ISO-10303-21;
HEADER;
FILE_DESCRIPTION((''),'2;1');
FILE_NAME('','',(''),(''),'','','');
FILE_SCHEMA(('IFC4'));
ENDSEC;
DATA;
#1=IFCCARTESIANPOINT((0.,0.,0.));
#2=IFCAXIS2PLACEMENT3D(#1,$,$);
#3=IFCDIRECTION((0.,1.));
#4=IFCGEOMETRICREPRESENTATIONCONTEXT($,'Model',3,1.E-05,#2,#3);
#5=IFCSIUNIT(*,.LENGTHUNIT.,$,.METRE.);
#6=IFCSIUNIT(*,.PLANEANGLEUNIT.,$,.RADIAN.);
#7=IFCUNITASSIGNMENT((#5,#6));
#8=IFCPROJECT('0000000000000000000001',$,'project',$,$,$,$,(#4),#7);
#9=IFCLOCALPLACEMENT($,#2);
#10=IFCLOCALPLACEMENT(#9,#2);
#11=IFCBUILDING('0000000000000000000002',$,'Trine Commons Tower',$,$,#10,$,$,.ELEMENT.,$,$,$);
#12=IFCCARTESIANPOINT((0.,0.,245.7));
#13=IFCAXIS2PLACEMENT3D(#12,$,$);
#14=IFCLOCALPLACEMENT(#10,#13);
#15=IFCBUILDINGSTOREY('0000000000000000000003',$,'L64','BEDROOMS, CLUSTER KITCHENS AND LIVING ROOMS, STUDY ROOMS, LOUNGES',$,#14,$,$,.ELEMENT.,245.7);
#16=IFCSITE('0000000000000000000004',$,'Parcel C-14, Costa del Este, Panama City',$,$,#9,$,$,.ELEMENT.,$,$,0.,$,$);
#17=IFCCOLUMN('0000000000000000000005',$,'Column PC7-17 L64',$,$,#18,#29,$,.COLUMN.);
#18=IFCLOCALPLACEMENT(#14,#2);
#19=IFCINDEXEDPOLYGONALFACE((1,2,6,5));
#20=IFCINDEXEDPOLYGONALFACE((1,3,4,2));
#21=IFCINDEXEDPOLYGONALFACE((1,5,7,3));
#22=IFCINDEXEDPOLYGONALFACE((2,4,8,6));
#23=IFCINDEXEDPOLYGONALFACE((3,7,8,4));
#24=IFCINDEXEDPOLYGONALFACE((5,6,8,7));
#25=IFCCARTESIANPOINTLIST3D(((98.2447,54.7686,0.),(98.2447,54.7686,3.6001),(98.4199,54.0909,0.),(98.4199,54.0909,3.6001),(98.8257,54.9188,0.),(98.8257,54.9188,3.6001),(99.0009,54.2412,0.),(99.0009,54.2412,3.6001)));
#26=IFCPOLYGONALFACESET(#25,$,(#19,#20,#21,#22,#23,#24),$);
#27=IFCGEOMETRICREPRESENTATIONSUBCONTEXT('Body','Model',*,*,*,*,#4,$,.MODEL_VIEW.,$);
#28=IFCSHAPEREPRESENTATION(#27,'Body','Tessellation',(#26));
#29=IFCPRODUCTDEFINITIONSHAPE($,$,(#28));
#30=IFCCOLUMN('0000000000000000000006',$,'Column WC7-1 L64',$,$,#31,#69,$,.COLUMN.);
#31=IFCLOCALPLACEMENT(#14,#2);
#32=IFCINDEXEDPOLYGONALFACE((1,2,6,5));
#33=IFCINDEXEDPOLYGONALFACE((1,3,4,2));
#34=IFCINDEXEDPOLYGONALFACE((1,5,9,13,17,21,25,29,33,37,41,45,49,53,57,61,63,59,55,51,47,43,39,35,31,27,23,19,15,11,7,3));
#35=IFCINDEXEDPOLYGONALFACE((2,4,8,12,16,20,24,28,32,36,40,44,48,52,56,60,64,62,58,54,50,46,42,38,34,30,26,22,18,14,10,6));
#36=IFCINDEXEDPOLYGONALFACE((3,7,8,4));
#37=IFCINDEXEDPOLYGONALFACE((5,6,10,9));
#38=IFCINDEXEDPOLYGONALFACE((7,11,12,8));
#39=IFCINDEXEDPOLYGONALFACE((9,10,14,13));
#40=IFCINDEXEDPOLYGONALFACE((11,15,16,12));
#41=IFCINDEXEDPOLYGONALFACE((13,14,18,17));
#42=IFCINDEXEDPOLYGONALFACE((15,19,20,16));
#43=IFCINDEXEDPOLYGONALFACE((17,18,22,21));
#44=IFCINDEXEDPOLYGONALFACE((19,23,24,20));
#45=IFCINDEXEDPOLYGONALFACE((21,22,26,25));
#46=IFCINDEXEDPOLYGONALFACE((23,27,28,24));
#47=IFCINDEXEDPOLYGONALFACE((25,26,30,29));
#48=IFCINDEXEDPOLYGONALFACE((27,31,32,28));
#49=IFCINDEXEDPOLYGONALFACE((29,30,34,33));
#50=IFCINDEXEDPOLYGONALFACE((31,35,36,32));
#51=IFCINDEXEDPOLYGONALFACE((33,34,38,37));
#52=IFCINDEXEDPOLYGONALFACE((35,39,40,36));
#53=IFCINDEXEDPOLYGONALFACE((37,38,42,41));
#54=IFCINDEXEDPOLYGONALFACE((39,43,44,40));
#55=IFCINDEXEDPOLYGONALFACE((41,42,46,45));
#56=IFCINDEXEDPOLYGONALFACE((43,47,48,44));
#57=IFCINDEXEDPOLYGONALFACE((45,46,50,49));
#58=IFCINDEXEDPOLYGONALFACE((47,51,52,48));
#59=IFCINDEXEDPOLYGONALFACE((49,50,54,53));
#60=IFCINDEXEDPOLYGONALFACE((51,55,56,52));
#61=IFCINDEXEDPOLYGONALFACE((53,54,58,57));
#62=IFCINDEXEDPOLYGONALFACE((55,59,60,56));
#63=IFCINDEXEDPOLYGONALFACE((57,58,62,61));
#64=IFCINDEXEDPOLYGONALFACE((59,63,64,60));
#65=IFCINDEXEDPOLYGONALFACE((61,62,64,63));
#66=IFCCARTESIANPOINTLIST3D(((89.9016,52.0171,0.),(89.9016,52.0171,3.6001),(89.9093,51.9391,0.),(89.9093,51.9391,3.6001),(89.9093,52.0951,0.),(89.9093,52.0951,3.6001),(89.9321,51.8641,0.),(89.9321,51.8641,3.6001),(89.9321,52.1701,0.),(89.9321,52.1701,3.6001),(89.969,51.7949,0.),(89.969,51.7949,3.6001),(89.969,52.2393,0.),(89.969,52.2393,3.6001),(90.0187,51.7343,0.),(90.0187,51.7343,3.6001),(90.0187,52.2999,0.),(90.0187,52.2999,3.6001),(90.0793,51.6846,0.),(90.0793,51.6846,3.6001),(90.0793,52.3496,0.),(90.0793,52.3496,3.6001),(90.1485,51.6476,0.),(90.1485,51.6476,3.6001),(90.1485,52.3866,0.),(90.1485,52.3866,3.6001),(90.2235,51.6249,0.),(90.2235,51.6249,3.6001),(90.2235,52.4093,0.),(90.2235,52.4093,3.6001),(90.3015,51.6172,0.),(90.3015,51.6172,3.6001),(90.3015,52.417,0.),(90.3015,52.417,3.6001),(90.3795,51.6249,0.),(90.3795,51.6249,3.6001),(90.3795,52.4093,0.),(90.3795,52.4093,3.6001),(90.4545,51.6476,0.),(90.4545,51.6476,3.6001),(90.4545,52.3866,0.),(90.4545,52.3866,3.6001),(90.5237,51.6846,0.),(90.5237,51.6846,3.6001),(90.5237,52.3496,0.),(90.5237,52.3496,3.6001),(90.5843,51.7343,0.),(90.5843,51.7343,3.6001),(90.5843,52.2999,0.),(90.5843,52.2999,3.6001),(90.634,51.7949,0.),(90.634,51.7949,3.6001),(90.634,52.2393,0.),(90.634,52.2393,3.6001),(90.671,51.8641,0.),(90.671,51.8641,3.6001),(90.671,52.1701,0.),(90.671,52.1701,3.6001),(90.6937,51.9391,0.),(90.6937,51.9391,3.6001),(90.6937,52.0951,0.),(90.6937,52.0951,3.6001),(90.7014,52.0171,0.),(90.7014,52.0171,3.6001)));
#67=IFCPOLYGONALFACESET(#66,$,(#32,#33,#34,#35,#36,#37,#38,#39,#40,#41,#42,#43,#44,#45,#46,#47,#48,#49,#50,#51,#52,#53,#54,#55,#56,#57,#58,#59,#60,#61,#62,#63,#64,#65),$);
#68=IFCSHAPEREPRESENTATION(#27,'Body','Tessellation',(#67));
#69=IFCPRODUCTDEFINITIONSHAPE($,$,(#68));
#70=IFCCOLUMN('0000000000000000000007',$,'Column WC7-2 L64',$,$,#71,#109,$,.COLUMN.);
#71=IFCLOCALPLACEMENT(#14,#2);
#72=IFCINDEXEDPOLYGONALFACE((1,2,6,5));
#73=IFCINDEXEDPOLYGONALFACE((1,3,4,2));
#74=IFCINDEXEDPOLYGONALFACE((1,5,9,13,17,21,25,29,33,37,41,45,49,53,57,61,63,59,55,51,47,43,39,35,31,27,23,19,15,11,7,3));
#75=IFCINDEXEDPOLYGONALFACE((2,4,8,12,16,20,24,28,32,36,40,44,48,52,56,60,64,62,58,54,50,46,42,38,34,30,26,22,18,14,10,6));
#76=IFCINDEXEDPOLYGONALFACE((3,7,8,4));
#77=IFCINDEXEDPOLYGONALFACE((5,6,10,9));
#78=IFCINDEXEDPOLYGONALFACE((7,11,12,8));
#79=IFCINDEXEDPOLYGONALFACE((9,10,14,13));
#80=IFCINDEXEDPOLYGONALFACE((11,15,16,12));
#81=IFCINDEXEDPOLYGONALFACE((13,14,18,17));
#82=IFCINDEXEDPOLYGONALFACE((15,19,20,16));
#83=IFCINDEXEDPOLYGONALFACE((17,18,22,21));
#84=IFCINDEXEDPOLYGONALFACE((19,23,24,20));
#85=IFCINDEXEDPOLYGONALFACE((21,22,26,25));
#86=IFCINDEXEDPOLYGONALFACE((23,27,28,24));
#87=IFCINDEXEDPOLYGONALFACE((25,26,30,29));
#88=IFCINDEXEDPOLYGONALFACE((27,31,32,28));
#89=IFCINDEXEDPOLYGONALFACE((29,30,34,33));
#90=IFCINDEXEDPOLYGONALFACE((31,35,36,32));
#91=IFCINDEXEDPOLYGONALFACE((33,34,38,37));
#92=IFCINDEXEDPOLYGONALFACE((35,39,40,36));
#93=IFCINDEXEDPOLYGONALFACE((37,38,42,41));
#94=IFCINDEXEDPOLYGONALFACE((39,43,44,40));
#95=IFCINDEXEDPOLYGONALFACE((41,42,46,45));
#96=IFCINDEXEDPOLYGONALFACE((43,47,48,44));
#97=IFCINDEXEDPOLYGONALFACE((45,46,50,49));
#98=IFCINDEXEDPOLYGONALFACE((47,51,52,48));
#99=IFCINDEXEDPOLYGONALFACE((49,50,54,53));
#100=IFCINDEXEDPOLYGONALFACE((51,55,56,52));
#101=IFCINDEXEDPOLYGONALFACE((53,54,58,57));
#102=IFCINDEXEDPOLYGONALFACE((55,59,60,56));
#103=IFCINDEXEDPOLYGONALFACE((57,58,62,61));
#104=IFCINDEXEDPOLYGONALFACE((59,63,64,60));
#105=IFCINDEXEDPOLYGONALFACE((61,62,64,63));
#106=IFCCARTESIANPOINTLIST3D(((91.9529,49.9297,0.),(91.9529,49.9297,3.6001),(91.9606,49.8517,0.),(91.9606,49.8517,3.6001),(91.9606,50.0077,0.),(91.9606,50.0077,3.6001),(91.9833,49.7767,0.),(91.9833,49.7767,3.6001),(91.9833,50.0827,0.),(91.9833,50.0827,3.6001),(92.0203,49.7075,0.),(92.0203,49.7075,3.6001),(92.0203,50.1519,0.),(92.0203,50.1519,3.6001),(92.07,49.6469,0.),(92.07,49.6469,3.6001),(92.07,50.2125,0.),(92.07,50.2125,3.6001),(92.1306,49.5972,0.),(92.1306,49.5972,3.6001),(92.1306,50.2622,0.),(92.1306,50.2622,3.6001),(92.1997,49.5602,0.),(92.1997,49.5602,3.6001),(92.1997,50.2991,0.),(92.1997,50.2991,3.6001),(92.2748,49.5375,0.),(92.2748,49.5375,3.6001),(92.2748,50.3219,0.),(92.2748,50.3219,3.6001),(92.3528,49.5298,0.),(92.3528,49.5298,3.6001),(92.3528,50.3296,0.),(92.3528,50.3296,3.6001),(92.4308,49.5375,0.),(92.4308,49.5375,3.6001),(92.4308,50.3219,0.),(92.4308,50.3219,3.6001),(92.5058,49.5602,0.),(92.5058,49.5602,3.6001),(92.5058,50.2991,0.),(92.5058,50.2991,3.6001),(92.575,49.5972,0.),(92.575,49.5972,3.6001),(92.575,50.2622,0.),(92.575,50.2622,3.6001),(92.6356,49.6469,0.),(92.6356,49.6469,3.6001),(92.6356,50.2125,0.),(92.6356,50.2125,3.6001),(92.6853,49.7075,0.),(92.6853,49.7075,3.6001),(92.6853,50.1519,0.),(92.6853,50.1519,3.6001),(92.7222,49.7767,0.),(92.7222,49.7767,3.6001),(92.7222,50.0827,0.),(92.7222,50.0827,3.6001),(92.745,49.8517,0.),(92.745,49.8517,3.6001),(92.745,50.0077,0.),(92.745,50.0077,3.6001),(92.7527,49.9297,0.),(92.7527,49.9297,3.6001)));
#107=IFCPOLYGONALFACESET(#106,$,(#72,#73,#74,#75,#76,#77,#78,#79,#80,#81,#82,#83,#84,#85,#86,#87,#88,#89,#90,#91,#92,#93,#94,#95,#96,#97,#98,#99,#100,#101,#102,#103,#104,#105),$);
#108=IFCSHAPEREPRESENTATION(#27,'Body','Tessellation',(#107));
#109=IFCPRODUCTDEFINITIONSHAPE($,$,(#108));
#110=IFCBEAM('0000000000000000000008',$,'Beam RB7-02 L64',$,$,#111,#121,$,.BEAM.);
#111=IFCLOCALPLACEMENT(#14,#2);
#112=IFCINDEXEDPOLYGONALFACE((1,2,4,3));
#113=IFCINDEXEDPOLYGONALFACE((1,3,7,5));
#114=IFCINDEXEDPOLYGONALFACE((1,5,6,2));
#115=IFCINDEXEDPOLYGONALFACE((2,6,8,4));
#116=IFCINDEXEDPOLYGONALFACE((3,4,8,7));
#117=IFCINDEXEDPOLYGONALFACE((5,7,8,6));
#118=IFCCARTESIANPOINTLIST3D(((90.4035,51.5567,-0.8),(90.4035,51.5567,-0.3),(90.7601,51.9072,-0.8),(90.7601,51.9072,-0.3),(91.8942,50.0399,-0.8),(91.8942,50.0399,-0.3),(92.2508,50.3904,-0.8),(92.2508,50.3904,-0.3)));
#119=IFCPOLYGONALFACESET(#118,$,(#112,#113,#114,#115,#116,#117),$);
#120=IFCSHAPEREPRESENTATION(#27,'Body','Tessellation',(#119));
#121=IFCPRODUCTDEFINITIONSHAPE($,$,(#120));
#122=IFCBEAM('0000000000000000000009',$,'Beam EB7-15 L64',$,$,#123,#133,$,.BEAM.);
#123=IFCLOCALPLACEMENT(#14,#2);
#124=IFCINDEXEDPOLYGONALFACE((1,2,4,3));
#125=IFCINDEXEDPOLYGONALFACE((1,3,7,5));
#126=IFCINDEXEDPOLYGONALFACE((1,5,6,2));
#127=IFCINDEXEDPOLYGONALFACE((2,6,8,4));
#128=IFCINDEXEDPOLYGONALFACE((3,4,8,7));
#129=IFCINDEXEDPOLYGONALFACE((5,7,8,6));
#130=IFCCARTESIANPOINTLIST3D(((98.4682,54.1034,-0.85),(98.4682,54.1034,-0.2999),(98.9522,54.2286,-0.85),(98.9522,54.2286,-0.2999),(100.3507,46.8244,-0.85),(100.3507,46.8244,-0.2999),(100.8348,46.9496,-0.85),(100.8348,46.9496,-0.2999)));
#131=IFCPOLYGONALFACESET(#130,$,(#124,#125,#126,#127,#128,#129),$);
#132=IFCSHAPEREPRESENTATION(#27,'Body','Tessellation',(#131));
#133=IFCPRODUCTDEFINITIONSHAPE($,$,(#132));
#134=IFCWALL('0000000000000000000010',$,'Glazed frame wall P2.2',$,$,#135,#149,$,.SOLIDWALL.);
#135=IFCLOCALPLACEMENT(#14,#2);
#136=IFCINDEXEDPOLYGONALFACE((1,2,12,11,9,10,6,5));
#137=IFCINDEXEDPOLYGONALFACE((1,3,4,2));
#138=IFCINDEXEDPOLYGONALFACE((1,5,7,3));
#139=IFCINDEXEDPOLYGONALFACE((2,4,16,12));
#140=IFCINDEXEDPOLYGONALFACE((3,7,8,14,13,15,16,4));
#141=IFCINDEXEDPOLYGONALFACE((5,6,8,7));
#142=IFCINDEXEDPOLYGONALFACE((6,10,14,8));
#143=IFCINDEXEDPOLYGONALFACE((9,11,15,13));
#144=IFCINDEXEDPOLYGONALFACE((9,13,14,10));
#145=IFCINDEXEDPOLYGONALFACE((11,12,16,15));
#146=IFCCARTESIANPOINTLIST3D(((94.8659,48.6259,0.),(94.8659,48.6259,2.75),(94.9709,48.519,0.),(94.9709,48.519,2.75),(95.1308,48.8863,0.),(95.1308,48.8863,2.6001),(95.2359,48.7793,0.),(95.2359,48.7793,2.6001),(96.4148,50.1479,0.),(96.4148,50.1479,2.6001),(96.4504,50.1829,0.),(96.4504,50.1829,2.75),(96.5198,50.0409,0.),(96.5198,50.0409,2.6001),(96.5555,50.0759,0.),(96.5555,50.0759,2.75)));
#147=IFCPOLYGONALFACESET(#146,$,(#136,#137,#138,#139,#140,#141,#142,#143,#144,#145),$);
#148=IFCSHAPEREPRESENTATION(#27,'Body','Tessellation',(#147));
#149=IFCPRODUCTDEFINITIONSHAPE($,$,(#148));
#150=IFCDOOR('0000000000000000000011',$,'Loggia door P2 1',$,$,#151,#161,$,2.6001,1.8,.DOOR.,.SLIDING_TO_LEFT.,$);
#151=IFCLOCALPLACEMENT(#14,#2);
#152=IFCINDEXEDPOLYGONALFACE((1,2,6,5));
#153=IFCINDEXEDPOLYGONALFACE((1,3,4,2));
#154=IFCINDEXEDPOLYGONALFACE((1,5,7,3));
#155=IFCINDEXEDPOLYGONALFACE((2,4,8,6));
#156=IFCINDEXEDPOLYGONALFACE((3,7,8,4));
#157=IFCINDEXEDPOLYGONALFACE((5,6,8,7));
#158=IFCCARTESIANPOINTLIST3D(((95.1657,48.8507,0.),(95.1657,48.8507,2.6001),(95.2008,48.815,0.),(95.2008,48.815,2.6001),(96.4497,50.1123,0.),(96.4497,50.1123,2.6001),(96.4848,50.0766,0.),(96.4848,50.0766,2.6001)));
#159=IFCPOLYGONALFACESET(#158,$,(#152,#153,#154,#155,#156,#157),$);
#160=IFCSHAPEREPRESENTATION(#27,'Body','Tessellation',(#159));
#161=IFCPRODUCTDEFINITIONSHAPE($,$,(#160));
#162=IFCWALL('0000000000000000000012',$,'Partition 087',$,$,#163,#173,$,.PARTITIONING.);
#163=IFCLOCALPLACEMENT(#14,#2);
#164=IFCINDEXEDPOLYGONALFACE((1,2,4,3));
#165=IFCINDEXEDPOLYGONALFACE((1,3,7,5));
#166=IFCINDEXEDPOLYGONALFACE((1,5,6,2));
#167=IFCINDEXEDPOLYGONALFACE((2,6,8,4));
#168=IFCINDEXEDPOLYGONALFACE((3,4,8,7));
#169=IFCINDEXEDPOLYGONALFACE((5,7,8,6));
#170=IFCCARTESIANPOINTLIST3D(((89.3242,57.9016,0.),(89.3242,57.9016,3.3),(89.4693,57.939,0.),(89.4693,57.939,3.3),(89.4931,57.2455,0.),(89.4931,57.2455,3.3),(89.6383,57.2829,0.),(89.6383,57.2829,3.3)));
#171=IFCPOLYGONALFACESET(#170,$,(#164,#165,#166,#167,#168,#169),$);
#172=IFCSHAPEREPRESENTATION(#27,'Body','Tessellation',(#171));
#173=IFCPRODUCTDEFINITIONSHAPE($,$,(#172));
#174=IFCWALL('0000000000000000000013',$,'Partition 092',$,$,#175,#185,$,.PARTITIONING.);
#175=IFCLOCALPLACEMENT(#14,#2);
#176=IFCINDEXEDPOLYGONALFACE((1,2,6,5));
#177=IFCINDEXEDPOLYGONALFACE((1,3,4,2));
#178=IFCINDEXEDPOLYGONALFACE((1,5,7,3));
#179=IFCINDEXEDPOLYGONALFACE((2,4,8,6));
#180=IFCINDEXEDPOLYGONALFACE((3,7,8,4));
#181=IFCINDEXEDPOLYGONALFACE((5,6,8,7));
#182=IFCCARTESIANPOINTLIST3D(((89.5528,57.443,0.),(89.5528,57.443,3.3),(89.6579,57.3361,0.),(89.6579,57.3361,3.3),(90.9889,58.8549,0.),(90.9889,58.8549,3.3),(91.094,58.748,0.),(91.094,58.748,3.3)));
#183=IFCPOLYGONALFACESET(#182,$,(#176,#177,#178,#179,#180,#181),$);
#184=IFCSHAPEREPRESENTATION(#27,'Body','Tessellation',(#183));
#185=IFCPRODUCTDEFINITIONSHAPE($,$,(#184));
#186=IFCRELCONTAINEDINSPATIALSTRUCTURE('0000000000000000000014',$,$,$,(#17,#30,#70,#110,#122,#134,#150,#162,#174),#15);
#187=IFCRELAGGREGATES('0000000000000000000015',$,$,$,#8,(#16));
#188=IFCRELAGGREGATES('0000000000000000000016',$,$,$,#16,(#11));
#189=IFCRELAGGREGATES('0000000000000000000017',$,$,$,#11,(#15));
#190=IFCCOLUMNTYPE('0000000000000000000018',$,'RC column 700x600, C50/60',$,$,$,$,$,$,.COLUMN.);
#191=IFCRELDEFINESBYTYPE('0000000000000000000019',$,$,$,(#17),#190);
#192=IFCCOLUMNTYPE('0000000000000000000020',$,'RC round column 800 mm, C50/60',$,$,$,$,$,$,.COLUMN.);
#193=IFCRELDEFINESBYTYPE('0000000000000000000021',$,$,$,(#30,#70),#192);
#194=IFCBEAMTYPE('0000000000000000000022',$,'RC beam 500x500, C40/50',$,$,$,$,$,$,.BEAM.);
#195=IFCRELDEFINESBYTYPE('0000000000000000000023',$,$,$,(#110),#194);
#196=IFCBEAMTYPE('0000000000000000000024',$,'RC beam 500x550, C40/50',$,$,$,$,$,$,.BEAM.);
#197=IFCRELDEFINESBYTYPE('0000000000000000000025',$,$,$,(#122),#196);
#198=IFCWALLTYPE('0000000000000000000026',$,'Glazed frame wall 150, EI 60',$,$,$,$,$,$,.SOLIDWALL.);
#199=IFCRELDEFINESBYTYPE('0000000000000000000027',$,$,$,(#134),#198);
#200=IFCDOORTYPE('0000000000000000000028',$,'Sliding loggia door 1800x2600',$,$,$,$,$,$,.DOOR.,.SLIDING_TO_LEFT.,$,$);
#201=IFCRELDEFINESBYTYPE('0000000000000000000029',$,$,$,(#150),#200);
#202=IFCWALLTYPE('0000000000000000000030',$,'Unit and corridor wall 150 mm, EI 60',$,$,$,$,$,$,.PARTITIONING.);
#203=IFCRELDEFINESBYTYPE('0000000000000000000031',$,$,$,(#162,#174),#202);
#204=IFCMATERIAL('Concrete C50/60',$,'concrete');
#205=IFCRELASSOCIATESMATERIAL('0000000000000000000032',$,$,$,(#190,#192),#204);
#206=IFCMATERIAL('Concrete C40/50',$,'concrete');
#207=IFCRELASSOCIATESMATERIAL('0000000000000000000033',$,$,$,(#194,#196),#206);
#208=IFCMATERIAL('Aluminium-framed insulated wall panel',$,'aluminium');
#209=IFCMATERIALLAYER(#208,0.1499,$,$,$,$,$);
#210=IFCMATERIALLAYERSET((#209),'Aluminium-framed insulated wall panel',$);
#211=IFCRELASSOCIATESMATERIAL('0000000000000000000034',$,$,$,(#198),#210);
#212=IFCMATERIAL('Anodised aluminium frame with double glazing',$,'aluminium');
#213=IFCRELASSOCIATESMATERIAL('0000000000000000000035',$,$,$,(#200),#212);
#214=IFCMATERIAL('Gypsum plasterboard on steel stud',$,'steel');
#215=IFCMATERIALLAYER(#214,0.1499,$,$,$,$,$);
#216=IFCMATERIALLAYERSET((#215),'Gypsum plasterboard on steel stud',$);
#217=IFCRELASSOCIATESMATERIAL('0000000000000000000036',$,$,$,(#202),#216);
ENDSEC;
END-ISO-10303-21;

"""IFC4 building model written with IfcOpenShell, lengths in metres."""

from ifc_helpers import new_model, si_unit, direction, frame, frame_2d, origin, origin_2d, place, context, subcontext, project, spatial, polyline, rectangle, circle, outline, extrude, material, layer, layer_set, material_profile, profile_set, type_object, element, fill, save


model = new_model("IFC4")

# Units and contexts
model_context = context("Model", 3, precision=1e-05, world=origin(), true_north=direction((0.0, 1.0)))
body_context = subcontext(model_context, "Body", "Model", "MODEL_VIEW")
ifc_project = project(units=[si_unit("LENGTHUNIT", "METRE"), si_unit("PLANEANGLEUNIT", "RADIAN")], contexts=[model_context])

# Site, building, storey
site_placement = place(None, origin())
site = spatial("IfcSite", under=ifc_project, at=site_placement, Name="Parcel C-14, Costa del Este, Panama City", CompositionType="ELEMENT", RefElevation=0.0)
building_placement = place(site_placement, origin())
building = spatial("IfcBuilding", under=site, at=building_placement, Name="Trine Commons Tower", CompositionType="ELEMENT")
storey_placement = place(building_placement, frame((0.0, 0.0, 245.7)))
storey = spatial("IfcBuildingStorey", under=building, at=storey_placement, Name="L64", Description="BEDROOMS, CLUSTER KITCHENS AND LIVING ROOMS, STUDY ROOMS, LOUNGES", CompositionType="ELEMENT", Elevation=245.7)

# Columns
ifc_material_1 = material(Name="Concrete C50/60", Category="concrete")
ifc_material_profile_1 = material_profile(ifc_material_1, rectangle(XDim=0.7, YDim=0.6001, at=origin_2d()), Name="RC 700x600")
ifc_profile_set_1 = profile_set([ifc_material_profile_1], Name="Concrete C50/60")
column_type_1 = type_object("IfcColumnType", Name="RC column 700x600, C50/60", PredefinedType="COLUMN", material=ifc_profile_set_1)
column_placement = place(storey_placement, frame((98.6228, 54.5049, 0.0), z_axis=(0.0, 0.0, 1.0), x_axis=(-0.25038, 0.968148, 0.0)))
element("IfcColumn", 1, at=column_placement, inside=storey, type_object=column_type_1, Name="Column PC7-17 L64", PredefinedType="COLUMN", context=body_context, shape_type="SweptSolid", body=[
    extrude(rectangle(XDim=0.7, YDim=0.6001, at=origin_2d()), origin(), (0.0, 0.0, 1.0), 3.6001),
])
ifc_material_profile_2 = material_profile(ifc_material_1, circle(Radius=0.3999, at=origin_2d()), Name="RC round 800")
ifc_profile_set_2 = profile_set([ifc_material_profile_2], Name="Concrete C50/60")
column_type_2 = type_object("IfcColumnType", Name="RC round column 800 mm, C50/60", PredefinedType="COLUMN", material=ifc_profile_set_2)
for number, where, z_axis, x_axis, name in (
    (2, (90.3015, 52.0171, 0.0), (0.0, 0.0, 1.0), (1.0, 0.0, 0.0), "Column WC7-1 L64"),
    (3, (92.3528, 49.9297, 0.0), (0.0, 0.0, 1.0), (1.0, 0.0, 0.0), "Column WC7-2 L64"),
):
    element("IfcColumn", number, at=place(storey_placement, frame(where, z_axis=z_axis, x_axis=x_axis)), inside=storey, type_object=column_type_2, Name=name, PredefinedType="COLUMN", context=body_context, shape_type="SweptSolid", body=[
        extrude(circle(Radius=0.3999, at=origin_2d()), origin(), (0.0, 0.0, 1.0), 3.6001),
    ])

# Beams
ifc_material_2 = material(Name="Concrete C40/50", Category="concrete")
ifc_material_profile_3 = material_profile(ifc_material_2, rectangle(XDim=0.5, YDim=0.5, at=origin_2d()), Name="RC 500x500")
ifc_profile_set_3 = profile_set([ifc_material_profile_3], Name="Concrete C40/50")
beam_type_1 = type_object("IfcBeamType", Name="RC beam 500x500, C40/50", PredefinedType="BEAM", material=ifc_profile_set_3)
beam_1_placement = place(storey_placement, frame((90.5818, 51.7319, -0.55), z_axis=(0.700939, -0.713222, 0.0), x_axis=(0.713222, 0.700939, 0.0)))
element("IfcBeam", 4, at=beam_1_placement, inside=storey, type_object=beam_type_1, Name="Beam RB7-02 L64", PredefinedType="BEAM", context=body_context, shape_type="SweptSolid", body=[
    extrude(rectangle(XDim=0.5, YDim=0.5, at=origin_2d()), origin(), (0.0, 0.0, 1.0), 2.1267),
])
ifc_material_profile_4 = material_profile(ifc_material_2, rectangle(XDim=0.5, YDim=0.55, at=origin_2d()), Name="RC 500x550")
ifc_profile_set_4 = profile_set([ifc_material_profile_4], Name="Concrete C40/50")
beam_type_2 = type_object("IfcBeamType", Name="RC beam 500x550, C40/50", PredefinedType="BEAM", material=ifc_profile_set_4)
beam_2_placement = place(storey_placement, frame((98.7102, 54.166, -0.575), z_axis=(0.25039, -0.968145, 0.0), x_axis=(0.968145, 0.25039, 0.0)))
element("IfcBeam", 5, at=beam_2_placement, inside=storey, type_object=beam_type_2, Name="Beam EB7-15 L64", PredefinedType="BEAM", context=body_context, shape_type="SweptSolid", body=[
    extrude(rectangle(XDim=0.5, YDim=0.55, at=origin_2d()), origin(), (0.0, 0.0, 1.0), 7.5186),
])

# Shared definitions
ifc_material_3 = material(Name="Aluminium-framed insulated wall panel", Category="aluminium")
ifc_layer_1 = layer(ifc_material_3, 0.1499)
ifc_layer_set_1 = layer_set([ifc_layer_1], Name="Aluminium-framed insulated wall panel")
wall_type_1 = type_object("IfcWallType", Name="Glazed frame wall 150, EI 60", PredefinedType="SOLIDWALL", material=ifc_layer_set_1)

# Wall, opening, door
wall_1_placement = place(storey_placement, frame((96.5029, 50.1294, 0.0), z_axis=(0.0, 0.0, 1.0), x_axis=(-0.713289, -0.70087, 0.0)))
wall_1 = element("IfcWall", 6, at=wall_1_placement, inside=storey, type_object=wall_type_1, Name="Glazed frame wall P2.2", PredefinedType="SOLIDWALL", context=body_context, shape_type="SweptSolid", body=[
    extrude(outline(polyline([(0.0, -0.075), (2.2214, -0.075), (2.2214, 0.075), (0.0, 0.075), (0.0, -0.075)])), origin(), (0.0, 0.0, 1.0), 2.75),
])
opening_1_placement = place(wall_1_placement, frame((0.05, 0.0, 0.0)))
opening_1 = element("IfcOpeningElement", 7, at=opening_1_placement, cuts=wall_1, PredefinedType="OPENING", context=body_context, shape_type="SweptSolid", body=[
    extrude(rectangle(XDim=1.8, YDim=2.6001, at=frame_2d((0.8999, 1.3))), frame((0.0, 0.085, 0.0), z_axis=(0.0, -1.0, 0.0), x_axis=(1.0, 0.0, 0.0)), (0.0, 0.0, 1.0), 0.1699),
])
ifc_material_4 = material(Name="Anodised aluminium frame with double glazing", Category="aluminium")
door_type_1 = type_object("IfcDoorType", Name="Sliding loggia door 1800x2600", OperationType="SLIDING_TO_LEFT", PredefinedType="DOOR", material=ifc_material_4)
door_1_placement = place(opening_1_placement, origin())
door_1 = element("IfcDoor", 8, at=door_1_placement, inside=storey, type_object=door_type_1, Name="Loggia door P2 1", OperationType="SLIDING_TO_LEFT", OverallHeight=2.6001, OverallWidth=1.8, PredefinedType="DOOR", context=body_context, shape_type="SweptSolid", body=[
    extrude(rectangle(XDim=1.8, YDim=2.6001, at=frame_2d((0.8999, 1.3))), frame((0.0, 0.0249, 0.0), z_axis=(0.0, -1.0, 0.0), x_axis=(1.0, 0.0, 0.0)), (0.0, 0.0, 1.0), 0.05),
])
fill(opening_1, door_1)

# Walls
ifc_material_5 = material(Name="Gypsum plasterboard on steel stud", Category="steel")
ifc_layer_2 = layer(ifc_material_5, 0.1499)
ifc_layer_set_2 = layer_set([ifc_layer_2], Name="Gypsum plasterboard on steel stud")
wall_type_2 = type_object("IfcWallType", Name="Unit and corridor wall 150 mm, EI 60", PredefinedType="PARTITIONING", material=ifc_layer_set_2)
wall_2_placement = place(storey_placement, frame((89.3967, 57.9204, 0.0), z_axis=(0.0, 0.0, 1.0), x_axis=(0.249398, -0.968401, 0.0)))
element("IfcWall", 9, at=wall_2_placement, inside=storey, type_object=wall_type_2, Name="Partition 087", PredefinedType="PARTITIONING", context=body_context, shape_type="SweptSolid", body=[
    extrude(rectangle(XDim=0.6775, YDim=0.1499, at=frame_2d((0.3389, 0.0))), origin(), (0.0, 0.0, 1.0), 3.3),
])
wall_3_placement = place(storey_placement, frame((89.6055, 57.3896, 0.0), z_axis=(0.0, 0.0, 1.0), x_axis=(0.713082, 0.70108, 0.0)))
element("IfcWall", 10, at=wall_3_placement, inside=storey, type_object=wall_type_2, Name="Partition 092", PredefinedType="PARTITIONING", context=body_context, shape_type="SweptSolid", body=[
    extrude(rectangle(XDim=2.0139, YDim=0.1499, at=frame_2d((1.0068, 0.0))), origin(), (0.0, 0.0, 1.0), 3.3),
])

save(model, "model.ifc")
